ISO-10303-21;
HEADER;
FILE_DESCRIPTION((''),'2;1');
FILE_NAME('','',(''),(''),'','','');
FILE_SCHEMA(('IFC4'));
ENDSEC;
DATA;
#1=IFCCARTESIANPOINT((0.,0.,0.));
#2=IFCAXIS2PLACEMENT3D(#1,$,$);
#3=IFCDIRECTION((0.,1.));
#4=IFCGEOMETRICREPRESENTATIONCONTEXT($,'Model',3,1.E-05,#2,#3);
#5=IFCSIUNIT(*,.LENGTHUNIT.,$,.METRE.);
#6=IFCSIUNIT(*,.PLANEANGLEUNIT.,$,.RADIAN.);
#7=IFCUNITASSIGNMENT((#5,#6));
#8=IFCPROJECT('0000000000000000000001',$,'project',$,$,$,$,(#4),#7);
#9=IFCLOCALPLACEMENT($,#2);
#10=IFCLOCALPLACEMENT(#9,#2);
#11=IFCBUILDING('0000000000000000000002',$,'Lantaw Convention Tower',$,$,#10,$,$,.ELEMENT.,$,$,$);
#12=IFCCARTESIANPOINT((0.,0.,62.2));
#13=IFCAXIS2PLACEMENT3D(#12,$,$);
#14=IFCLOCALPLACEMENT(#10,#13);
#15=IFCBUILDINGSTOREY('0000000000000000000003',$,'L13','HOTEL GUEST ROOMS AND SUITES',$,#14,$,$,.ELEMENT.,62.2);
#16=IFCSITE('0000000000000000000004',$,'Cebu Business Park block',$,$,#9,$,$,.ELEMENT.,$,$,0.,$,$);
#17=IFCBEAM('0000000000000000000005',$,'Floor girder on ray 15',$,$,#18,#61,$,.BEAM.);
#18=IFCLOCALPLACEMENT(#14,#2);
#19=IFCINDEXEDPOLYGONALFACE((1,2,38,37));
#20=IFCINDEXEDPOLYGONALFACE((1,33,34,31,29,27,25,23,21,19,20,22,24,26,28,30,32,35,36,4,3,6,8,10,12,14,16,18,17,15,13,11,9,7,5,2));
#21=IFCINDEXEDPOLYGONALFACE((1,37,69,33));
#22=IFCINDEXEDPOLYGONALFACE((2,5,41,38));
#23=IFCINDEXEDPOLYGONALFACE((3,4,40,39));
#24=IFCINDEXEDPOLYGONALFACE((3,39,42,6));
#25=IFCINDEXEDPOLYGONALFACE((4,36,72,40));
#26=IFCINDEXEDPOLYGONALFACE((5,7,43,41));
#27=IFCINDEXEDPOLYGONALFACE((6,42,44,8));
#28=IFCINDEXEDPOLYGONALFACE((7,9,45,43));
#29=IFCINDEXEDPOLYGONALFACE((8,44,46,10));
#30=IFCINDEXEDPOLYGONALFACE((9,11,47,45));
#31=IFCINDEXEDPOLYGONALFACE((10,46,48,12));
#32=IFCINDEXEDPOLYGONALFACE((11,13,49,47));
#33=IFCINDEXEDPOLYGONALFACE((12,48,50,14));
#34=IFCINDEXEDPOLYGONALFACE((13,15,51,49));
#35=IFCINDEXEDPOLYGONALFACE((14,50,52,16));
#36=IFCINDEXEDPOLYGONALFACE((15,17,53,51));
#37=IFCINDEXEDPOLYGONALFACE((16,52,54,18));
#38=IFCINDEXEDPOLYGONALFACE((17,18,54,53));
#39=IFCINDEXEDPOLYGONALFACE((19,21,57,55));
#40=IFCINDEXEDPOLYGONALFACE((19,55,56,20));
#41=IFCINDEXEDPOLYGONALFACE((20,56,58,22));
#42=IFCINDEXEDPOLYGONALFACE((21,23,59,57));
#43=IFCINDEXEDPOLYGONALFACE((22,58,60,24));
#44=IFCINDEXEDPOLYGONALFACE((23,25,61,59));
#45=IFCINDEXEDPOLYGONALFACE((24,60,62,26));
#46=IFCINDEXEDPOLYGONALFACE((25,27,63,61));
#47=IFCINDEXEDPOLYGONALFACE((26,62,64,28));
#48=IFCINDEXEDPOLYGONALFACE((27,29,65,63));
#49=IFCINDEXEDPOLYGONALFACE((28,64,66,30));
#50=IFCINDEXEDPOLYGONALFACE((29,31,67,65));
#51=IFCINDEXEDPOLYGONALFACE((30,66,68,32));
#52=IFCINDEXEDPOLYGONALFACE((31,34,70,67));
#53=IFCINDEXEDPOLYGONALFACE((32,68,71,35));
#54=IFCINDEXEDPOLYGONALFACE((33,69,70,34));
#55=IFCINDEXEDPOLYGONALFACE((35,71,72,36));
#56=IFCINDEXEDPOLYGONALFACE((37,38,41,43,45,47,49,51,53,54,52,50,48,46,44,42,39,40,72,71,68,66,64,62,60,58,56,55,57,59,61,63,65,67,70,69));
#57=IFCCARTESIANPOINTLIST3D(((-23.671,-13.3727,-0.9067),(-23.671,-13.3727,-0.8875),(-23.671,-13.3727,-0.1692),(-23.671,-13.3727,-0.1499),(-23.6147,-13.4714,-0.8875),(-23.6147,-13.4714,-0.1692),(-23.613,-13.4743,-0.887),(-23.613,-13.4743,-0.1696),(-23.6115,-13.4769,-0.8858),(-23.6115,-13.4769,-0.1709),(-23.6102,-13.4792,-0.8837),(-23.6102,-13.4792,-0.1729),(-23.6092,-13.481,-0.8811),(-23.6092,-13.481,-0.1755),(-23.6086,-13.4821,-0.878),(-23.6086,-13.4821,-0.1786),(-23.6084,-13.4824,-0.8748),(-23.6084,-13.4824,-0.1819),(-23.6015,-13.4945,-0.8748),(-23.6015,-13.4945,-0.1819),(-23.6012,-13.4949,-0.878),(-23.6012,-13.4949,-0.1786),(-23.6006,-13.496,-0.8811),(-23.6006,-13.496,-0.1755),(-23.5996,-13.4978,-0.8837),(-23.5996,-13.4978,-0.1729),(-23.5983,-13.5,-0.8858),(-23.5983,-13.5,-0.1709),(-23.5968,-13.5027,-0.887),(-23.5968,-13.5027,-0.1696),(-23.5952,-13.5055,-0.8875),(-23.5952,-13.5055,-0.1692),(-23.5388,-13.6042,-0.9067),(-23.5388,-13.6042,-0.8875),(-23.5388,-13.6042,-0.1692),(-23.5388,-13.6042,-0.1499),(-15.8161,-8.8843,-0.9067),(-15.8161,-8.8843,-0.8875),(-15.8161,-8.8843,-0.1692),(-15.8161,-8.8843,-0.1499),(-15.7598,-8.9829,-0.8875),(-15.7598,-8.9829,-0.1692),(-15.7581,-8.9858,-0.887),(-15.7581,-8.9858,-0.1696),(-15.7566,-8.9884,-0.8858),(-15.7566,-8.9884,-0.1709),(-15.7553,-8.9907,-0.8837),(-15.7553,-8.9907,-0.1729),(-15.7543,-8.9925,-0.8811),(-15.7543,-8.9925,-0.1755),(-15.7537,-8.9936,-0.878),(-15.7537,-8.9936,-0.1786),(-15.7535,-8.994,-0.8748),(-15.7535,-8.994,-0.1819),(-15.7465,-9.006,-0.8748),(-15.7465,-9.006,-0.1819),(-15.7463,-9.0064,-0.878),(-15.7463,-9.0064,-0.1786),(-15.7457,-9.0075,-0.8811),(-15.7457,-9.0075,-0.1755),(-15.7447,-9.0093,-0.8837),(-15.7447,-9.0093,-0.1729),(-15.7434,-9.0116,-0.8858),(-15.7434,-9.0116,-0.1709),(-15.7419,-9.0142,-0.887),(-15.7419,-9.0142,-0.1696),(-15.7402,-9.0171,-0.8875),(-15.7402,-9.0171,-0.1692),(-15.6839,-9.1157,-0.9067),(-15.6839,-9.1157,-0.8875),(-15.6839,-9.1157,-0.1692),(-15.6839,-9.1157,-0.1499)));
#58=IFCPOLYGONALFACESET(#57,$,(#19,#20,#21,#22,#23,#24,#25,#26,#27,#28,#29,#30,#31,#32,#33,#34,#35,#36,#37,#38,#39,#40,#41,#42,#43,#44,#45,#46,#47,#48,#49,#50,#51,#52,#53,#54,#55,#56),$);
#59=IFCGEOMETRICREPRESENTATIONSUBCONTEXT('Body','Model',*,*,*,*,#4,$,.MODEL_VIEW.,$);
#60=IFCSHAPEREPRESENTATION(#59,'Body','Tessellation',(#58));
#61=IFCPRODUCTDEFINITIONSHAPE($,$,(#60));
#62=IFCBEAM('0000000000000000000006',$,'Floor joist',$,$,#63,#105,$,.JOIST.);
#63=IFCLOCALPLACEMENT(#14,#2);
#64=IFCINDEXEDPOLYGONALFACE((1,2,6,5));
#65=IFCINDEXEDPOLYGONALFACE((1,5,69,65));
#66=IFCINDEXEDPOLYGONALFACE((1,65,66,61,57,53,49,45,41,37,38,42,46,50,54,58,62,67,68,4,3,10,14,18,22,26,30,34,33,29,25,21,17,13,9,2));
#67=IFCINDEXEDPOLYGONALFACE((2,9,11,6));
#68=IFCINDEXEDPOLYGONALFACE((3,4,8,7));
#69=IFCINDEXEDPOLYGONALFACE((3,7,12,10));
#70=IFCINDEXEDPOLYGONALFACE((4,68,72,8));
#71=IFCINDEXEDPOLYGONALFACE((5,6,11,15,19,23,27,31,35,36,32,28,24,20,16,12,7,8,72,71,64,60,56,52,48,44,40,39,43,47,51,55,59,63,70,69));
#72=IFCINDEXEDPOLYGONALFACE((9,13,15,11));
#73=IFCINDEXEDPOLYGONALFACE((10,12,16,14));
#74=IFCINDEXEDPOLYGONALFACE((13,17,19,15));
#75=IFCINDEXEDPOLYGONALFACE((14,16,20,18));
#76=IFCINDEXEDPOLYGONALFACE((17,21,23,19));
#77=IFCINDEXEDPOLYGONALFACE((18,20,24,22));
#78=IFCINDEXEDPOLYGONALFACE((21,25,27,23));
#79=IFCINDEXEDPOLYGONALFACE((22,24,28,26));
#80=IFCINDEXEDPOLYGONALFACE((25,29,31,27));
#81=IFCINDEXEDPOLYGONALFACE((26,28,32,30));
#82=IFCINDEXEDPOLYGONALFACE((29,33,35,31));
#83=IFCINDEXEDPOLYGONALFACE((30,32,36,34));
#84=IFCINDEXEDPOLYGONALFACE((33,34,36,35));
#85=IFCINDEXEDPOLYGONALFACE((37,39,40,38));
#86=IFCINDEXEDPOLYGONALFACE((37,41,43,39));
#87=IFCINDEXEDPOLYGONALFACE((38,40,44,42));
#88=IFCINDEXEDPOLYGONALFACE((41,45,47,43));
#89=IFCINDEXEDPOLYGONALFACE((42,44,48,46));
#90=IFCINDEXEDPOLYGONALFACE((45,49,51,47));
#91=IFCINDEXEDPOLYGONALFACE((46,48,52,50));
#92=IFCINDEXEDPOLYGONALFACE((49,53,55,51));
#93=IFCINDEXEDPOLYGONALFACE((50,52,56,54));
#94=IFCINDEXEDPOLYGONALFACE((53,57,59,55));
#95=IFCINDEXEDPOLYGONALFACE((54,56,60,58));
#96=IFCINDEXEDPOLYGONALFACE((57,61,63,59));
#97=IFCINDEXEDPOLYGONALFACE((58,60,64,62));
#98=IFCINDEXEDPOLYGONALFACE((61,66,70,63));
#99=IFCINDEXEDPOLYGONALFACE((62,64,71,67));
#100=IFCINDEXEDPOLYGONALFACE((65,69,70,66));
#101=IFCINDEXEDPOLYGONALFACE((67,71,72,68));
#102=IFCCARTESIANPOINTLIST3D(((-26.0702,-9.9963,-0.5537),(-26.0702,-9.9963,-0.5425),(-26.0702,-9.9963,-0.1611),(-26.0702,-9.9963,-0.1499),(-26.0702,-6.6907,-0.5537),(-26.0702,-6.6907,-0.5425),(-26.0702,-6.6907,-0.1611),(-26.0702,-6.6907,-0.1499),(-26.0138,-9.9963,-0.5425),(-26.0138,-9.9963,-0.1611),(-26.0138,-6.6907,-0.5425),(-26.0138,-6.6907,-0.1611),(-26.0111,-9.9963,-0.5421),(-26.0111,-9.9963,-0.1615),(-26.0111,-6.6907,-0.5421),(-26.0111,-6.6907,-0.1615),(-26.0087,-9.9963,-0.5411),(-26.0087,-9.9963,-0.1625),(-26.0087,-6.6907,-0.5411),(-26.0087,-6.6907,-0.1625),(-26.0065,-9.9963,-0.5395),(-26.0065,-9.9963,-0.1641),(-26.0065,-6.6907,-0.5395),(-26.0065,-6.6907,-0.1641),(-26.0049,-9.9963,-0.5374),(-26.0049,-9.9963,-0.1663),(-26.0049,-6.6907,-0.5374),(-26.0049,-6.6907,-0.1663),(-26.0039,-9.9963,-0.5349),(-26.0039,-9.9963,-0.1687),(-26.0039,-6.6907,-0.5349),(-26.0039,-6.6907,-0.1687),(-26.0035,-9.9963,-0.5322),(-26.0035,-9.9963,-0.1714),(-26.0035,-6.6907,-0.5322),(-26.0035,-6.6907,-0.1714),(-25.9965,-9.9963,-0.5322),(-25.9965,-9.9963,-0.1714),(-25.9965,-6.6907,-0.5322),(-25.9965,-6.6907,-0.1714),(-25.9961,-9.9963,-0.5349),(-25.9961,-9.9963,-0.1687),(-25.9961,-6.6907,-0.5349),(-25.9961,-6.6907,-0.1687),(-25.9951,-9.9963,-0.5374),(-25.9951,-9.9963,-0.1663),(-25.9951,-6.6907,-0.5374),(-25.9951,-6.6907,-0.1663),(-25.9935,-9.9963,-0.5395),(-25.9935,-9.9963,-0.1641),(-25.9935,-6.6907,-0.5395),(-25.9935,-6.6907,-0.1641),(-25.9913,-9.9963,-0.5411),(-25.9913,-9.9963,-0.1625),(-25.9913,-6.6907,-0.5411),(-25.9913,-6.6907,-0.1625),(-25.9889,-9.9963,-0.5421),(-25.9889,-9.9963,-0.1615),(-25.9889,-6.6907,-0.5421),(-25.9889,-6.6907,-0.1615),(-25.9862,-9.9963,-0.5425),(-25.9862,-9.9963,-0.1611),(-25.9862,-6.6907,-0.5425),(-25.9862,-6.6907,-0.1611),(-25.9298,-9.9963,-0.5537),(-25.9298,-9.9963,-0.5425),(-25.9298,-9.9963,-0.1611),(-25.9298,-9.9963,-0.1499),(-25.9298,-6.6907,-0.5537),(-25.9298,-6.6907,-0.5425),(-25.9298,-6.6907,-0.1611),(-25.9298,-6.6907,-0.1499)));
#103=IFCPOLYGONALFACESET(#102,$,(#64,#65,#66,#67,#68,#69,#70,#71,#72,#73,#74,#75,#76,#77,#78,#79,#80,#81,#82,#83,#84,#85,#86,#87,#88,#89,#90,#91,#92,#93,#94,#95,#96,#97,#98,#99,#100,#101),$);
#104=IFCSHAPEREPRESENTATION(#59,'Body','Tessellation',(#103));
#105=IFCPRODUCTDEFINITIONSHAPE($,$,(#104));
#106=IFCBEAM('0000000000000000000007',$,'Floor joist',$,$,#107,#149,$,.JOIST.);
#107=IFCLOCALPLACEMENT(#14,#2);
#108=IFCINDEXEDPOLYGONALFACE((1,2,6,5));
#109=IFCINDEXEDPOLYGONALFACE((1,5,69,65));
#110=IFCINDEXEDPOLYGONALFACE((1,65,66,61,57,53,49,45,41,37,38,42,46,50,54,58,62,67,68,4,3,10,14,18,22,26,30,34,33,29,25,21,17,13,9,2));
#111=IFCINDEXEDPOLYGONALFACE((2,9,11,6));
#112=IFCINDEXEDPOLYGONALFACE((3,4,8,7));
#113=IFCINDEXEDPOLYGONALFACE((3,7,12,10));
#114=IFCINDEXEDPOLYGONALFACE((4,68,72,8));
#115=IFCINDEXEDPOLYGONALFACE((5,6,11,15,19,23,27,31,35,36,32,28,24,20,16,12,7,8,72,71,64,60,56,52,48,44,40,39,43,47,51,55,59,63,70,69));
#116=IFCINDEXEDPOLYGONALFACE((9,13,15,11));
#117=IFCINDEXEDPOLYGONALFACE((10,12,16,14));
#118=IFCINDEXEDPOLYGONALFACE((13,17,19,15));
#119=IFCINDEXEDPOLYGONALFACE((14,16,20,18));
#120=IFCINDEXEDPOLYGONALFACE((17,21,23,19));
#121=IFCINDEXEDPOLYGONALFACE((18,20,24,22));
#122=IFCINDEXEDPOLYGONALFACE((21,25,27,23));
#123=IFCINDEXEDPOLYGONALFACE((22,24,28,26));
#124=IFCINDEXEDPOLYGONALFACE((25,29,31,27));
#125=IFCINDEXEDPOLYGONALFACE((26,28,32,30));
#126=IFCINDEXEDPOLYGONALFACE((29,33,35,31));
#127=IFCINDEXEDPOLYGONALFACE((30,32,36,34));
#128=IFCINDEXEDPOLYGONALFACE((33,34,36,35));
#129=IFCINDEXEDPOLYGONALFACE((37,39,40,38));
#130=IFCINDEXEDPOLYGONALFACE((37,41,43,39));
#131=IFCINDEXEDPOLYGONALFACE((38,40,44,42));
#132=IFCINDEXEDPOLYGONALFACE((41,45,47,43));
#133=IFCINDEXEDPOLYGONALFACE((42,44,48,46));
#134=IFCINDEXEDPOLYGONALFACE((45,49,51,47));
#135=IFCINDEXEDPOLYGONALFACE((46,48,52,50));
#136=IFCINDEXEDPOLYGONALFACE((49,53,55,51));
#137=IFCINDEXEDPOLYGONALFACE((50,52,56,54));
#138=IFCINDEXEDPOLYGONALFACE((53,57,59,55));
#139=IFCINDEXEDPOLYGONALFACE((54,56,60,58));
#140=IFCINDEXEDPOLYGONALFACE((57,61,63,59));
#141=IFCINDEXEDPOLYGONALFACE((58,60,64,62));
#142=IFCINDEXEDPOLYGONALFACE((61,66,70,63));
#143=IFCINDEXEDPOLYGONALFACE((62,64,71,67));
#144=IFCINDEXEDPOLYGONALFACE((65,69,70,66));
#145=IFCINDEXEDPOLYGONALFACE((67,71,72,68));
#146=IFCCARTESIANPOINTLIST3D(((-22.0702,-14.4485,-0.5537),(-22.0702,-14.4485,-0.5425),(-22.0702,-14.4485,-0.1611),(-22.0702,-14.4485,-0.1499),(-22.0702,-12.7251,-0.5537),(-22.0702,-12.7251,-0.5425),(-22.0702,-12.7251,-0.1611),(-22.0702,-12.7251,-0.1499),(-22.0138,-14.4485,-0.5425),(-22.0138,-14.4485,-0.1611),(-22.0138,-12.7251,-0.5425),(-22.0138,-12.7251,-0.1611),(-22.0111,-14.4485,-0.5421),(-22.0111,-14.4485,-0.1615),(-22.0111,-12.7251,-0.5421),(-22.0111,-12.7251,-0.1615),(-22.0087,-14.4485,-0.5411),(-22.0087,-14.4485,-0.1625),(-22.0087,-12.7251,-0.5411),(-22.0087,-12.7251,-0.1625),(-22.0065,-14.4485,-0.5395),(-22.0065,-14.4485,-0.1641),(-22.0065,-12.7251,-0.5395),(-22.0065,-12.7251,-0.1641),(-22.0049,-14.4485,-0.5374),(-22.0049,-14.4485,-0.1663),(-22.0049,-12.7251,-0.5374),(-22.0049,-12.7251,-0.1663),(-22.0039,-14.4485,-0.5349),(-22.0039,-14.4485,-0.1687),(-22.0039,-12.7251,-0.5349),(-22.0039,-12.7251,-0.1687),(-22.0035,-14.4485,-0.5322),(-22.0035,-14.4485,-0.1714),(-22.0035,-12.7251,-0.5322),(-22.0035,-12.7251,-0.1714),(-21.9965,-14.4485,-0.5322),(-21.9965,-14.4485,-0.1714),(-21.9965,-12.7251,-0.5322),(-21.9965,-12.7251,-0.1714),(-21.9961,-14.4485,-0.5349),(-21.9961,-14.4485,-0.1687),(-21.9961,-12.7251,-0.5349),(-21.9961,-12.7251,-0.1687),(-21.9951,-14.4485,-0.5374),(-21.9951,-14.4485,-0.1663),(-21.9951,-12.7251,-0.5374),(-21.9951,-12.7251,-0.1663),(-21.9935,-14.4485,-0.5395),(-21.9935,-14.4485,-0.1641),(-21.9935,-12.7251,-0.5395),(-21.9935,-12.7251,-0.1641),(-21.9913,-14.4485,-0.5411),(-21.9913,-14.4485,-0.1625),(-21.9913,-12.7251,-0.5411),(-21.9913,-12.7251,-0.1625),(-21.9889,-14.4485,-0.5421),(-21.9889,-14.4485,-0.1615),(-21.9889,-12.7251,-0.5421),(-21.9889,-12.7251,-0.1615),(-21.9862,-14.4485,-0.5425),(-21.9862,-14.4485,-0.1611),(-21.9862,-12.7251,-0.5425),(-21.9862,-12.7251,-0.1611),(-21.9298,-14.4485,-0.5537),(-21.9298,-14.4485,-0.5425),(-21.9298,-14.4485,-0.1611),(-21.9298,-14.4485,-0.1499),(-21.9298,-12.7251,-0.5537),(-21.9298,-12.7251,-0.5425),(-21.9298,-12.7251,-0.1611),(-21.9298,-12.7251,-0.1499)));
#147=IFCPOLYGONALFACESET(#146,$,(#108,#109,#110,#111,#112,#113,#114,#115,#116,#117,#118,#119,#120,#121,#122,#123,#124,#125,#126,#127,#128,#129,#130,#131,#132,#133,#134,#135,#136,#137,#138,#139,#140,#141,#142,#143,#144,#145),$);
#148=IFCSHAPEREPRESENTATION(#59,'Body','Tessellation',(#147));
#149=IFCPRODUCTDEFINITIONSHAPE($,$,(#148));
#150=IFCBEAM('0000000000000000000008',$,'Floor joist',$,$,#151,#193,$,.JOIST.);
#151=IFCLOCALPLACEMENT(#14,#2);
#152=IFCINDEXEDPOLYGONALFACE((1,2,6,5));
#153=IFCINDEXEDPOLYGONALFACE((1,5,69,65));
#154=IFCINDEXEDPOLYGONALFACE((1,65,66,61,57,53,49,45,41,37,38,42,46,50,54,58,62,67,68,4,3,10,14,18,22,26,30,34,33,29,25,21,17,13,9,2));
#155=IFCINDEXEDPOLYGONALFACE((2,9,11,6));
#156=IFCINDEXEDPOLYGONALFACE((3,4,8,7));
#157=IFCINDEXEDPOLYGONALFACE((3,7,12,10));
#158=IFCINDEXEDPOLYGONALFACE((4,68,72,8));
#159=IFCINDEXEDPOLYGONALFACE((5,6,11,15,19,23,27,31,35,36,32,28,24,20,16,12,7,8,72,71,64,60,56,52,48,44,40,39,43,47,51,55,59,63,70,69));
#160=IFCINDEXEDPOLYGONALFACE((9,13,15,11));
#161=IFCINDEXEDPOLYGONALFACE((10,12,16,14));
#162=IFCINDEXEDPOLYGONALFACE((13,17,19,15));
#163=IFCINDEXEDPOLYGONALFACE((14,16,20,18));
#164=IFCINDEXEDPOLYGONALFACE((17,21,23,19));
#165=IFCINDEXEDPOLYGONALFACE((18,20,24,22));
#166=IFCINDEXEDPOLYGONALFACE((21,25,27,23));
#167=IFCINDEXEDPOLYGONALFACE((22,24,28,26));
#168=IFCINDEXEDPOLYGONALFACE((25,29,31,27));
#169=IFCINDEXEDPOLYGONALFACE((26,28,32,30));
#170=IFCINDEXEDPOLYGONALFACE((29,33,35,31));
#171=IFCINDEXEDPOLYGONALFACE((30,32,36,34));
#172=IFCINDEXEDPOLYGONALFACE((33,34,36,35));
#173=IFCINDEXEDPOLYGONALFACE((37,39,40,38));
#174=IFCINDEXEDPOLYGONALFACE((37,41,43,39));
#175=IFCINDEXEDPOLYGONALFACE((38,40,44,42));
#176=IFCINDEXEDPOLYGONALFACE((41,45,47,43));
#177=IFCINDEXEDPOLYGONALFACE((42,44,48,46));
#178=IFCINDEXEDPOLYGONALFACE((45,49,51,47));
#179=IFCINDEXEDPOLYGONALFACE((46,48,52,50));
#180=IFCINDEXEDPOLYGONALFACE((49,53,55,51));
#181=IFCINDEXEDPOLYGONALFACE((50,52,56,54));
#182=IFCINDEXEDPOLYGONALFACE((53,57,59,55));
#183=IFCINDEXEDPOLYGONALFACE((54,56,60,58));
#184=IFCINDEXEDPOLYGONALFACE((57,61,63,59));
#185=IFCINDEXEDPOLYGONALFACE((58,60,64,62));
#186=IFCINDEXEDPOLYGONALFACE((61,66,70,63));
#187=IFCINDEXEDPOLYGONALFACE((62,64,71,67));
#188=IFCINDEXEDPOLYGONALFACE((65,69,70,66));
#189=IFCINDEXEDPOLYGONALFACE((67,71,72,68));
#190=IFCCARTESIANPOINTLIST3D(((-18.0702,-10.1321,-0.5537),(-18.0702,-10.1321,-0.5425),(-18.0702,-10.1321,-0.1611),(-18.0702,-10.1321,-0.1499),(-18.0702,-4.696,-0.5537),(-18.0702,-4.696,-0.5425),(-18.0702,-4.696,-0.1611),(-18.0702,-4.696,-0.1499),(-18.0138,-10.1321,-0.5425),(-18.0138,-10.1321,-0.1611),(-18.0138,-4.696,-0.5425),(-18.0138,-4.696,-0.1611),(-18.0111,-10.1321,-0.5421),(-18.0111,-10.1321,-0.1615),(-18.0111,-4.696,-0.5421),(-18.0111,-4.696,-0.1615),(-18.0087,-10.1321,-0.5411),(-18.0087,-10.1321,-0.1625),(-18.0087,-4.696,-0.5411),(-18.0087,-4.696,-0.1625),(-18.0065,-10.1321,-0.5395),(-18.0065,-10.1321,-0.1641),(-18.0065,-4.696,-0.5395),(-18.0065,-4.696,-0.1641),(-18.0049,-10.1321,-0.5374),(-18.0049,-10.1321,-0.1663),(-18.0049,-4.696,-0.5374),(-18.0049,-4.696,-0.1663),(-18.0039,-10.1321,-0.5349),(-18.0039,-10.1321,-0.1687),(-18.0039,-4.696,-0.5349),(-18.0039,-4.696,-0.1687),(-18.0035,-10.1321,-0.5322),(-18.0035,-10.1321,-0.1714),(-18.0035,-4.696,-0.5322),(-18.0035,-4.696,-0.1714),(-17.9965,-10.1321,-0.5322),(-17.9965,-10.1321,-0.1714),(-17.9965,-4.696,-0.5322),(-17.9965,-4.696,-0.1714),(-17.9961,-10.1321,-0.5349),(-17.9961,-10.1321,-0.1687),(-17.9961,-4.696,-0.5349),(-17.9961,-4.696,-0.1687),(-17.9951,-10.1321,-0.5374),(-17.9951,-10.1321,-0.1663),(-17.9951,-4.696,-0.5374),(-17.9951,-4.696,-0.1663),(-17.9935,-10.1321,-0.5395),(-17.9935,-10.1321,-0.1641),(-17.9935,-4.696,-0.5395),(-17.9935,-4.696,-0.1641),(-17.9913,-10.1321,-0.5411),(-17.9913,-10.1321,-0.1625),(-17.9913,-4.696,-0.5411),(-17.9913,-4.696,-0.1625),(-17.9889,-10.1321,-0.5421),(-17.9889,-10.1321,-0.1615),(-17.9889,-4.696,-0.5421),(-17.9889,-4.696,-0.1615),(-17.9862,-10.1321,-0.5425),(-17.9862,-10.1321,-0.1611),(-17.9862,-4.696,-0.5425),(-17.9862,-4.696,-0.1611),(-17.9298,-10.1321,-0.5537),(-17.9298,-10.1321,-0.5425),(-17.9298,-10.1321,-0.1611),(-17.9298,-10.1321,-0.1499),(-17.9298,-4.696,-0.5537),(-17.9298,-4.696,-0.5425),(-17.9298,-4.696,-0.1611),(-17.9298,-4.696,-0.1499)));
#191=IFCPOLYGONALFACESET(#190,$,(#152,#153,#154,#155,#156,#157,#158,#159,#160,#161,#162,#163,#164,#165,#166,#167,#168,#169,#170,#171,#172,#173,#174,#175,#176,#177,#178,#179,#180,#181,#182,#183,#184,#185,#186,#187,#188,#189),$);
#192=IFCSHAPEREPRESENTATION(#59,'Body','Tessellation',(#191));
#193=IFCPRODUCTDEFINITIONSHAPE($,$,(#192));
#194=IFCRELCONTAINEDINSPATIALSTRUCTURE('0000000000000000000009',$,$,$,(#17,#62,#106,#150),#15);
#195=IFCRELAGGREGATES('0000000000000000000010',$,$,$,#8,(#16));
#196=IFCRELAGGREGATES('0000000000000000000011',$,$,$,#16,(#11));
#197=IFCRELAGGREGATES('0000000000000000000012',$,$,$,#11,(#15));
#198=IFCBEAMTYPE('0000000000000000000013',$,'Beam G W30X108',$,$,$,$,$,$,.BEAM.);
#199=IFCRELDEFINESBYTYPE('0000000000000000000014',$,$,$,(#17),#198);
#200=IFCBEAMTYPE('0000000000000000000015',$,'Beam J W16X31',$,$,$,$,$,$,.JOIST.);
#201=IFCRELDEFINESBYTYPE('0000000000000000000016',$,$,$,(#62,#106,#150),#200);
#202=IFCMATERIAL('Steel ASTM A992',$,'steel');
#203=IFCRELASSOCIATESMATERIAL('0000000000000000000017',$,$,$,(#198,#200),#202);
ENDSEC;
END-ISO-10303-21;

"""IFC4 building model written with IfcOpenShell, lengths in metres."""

from ifc_helpers import new_model, si_unit, direction, frame, origin, origin_2d, place, context, subcontext, project, spatial, i_section, extrude, material, material_profile, profile_set, type_object, element, save


model = new_model("IFC4")

# Units and contexts
model_context = context("Model", 3, precision=1e-05, world=origin(), true_north=direction((0.0, 1.0)))
body_context = subcontext(model_context, "Body", "Model", "MODEL_VIEW")
ifc_project = project(units=[si_unit("LENGTHUNIT", "METRE"), si_unit("PLANEANGLEUNIT", "RADIAN")], contexts=[model_context])

# Site, building, storey
site_placement = place(None, origin())
site = spatial("IfcSite", under=ifc_project, at=site_placement, Name="Cebu Business Park block", CompositionType="ELEMENT", RefElevation=0.0)
building_placement = place(site_placement, origin())
building = spatial("IfcBuilding", under=site, at=building_placement, Name="Lantaw Convention Tower", CompositionType="ELEMENT")
storey_placement = place(building_placement, frame((0.0, 0.0, 62.2)))
storey = spatial("IfcBuildingStorey", under=building, at=storey_placement, Name="L13", Description="HOTEL GUEST ROOMS AND SUITES", CompositionType="ELEMENT", Elevation=62.2)

# Beams
ifc_material_1 = material(Name="Steel ASTM A992", Category="steel")
ifc_material_profile_1 = material_profile(ifc_material_1, i_section(OverallWidth=0.2666, OverallDepth=0.7568, WebThickness=0.0139, FlangeThickness=0.0193, FilletRadius=0.0127, at=origin_2d()), Name="W30X108")
ifc_profile_set_1 = profile_set([ifc_material_profile_1], Name="Steel ASTM A992")
beam_type_1 = type_object("IfcBeamType", Name="Beam G W30X108", PredefinedType="BEAM", material=ifc_profile_set_1)
beam_1_placement = place(storey_placement, frame((-15.75, -9.0, -0.5283), z_axis=(-0.868245, -0.496136, 0.0), x_axis=(0.496136, -0.868245, 0.0)))
element("IfcBeam", 1, at=beam_1_placement, inside=storey, type_object=beam_type_1, Name="Floor girder on ray 15", PredefinedType="BEAM", context=body_context, shape_type="SweptSolid", body=[
    extrude(i_section(OverallWidth=0.2666, OverallDepth=0.7568, WebThickness=0.0139, FlangeThickness=0.0193, FilletRadius=0.0127, at=origin_2d()), origin(), (0.0, 0.0, 1.0), 9.0469),
])
ifc_material_profile_2 = material_profile(ifc_material_1, i_section(OverallWidth=0.1404, OverallDepth=0.4038, WebThickness=0.0071, FlangeThickness=0.0112, FilletRadius=0.0103, at=origin_2d()), Name="W16X31")
ifc_profile_set_2 = profile_set([ifc_material_profile_2], Name="Steel ASTM A992")
beam_type_2 = type_object("IfcBeamType", Name="Beam J W16X31", PredefinedType="JOIST", material=ifc_profile_set_2)
beam_2_placement = place(storey_placement, frame((-26.0, -9.9963, -0.3518), z_axis=(0.0, 1.0, 0.0), x_axis=(-1.0, 0.0, 0.0)))
element("IfcBeam", 2, at=beam_2_placement, inside=storey, type_object=beam_type_2, Name="Floor joist", PredefinedType="JOIST", context=body_context, shape_type="SweptSolid", body=[
    extrude(i_section(OverallWidth=0.1404, OverallDepth=0.4038, WebThickness=0.0071, FlangeThickness=0.0112, FilletRadius=0.0103, at=origin_2d()), origin(), (0.0, 0.0, 1.0), 3.3057),
])
beam_3_placement = place(storey_placement, frame((-22.0, -14.4485, -0.3518), z_axis=(0.0, 1.0, 0.0), x_axis=(-1.0, 0.0, 0.0)))
element("IfcBeam", 3, at=beam_3_placement, inside=storey, type_object=beam_type_2, Name="Floor joist", PredefinedType="JOIST", context=body_context, shape_type="SweptSolid", body=[
    extrude(i_section(OverallWidth=0.1404, OverallDepth=0.4038, WebThickness=0.0071, FlangeThickness=0.0112, FilletRadius=0.0103, at=origin_2d()), origin(), (0.0, 0.0, 1.0), 1.7234),
])
beam_4_placement = place(storey_placement, frame((-18.0, -10.1321, -0.3518), z_axis=(0.0, 1.0, 0.0), x_axis=(-1.0, 0.0, 0.0)))
element("IfcBeam", 4, at=beam_4_placement, inside=storey, type_object=beam_type_2, Name="Floor joist", PredefinedType="JOIST", context=body_context, shape_type="SweptSolid", body=[
    extrude(i_section(OverallWidth=0.1404, OverallDepth=0.4038, WebThickness=0.0071, FlangeThickness=0.0112, FilletRadius=0.0103, at=origin_2d()), origin(), (0.0, 0.0, 1.0), 5.436),
])

save(model, "model.ifc")
